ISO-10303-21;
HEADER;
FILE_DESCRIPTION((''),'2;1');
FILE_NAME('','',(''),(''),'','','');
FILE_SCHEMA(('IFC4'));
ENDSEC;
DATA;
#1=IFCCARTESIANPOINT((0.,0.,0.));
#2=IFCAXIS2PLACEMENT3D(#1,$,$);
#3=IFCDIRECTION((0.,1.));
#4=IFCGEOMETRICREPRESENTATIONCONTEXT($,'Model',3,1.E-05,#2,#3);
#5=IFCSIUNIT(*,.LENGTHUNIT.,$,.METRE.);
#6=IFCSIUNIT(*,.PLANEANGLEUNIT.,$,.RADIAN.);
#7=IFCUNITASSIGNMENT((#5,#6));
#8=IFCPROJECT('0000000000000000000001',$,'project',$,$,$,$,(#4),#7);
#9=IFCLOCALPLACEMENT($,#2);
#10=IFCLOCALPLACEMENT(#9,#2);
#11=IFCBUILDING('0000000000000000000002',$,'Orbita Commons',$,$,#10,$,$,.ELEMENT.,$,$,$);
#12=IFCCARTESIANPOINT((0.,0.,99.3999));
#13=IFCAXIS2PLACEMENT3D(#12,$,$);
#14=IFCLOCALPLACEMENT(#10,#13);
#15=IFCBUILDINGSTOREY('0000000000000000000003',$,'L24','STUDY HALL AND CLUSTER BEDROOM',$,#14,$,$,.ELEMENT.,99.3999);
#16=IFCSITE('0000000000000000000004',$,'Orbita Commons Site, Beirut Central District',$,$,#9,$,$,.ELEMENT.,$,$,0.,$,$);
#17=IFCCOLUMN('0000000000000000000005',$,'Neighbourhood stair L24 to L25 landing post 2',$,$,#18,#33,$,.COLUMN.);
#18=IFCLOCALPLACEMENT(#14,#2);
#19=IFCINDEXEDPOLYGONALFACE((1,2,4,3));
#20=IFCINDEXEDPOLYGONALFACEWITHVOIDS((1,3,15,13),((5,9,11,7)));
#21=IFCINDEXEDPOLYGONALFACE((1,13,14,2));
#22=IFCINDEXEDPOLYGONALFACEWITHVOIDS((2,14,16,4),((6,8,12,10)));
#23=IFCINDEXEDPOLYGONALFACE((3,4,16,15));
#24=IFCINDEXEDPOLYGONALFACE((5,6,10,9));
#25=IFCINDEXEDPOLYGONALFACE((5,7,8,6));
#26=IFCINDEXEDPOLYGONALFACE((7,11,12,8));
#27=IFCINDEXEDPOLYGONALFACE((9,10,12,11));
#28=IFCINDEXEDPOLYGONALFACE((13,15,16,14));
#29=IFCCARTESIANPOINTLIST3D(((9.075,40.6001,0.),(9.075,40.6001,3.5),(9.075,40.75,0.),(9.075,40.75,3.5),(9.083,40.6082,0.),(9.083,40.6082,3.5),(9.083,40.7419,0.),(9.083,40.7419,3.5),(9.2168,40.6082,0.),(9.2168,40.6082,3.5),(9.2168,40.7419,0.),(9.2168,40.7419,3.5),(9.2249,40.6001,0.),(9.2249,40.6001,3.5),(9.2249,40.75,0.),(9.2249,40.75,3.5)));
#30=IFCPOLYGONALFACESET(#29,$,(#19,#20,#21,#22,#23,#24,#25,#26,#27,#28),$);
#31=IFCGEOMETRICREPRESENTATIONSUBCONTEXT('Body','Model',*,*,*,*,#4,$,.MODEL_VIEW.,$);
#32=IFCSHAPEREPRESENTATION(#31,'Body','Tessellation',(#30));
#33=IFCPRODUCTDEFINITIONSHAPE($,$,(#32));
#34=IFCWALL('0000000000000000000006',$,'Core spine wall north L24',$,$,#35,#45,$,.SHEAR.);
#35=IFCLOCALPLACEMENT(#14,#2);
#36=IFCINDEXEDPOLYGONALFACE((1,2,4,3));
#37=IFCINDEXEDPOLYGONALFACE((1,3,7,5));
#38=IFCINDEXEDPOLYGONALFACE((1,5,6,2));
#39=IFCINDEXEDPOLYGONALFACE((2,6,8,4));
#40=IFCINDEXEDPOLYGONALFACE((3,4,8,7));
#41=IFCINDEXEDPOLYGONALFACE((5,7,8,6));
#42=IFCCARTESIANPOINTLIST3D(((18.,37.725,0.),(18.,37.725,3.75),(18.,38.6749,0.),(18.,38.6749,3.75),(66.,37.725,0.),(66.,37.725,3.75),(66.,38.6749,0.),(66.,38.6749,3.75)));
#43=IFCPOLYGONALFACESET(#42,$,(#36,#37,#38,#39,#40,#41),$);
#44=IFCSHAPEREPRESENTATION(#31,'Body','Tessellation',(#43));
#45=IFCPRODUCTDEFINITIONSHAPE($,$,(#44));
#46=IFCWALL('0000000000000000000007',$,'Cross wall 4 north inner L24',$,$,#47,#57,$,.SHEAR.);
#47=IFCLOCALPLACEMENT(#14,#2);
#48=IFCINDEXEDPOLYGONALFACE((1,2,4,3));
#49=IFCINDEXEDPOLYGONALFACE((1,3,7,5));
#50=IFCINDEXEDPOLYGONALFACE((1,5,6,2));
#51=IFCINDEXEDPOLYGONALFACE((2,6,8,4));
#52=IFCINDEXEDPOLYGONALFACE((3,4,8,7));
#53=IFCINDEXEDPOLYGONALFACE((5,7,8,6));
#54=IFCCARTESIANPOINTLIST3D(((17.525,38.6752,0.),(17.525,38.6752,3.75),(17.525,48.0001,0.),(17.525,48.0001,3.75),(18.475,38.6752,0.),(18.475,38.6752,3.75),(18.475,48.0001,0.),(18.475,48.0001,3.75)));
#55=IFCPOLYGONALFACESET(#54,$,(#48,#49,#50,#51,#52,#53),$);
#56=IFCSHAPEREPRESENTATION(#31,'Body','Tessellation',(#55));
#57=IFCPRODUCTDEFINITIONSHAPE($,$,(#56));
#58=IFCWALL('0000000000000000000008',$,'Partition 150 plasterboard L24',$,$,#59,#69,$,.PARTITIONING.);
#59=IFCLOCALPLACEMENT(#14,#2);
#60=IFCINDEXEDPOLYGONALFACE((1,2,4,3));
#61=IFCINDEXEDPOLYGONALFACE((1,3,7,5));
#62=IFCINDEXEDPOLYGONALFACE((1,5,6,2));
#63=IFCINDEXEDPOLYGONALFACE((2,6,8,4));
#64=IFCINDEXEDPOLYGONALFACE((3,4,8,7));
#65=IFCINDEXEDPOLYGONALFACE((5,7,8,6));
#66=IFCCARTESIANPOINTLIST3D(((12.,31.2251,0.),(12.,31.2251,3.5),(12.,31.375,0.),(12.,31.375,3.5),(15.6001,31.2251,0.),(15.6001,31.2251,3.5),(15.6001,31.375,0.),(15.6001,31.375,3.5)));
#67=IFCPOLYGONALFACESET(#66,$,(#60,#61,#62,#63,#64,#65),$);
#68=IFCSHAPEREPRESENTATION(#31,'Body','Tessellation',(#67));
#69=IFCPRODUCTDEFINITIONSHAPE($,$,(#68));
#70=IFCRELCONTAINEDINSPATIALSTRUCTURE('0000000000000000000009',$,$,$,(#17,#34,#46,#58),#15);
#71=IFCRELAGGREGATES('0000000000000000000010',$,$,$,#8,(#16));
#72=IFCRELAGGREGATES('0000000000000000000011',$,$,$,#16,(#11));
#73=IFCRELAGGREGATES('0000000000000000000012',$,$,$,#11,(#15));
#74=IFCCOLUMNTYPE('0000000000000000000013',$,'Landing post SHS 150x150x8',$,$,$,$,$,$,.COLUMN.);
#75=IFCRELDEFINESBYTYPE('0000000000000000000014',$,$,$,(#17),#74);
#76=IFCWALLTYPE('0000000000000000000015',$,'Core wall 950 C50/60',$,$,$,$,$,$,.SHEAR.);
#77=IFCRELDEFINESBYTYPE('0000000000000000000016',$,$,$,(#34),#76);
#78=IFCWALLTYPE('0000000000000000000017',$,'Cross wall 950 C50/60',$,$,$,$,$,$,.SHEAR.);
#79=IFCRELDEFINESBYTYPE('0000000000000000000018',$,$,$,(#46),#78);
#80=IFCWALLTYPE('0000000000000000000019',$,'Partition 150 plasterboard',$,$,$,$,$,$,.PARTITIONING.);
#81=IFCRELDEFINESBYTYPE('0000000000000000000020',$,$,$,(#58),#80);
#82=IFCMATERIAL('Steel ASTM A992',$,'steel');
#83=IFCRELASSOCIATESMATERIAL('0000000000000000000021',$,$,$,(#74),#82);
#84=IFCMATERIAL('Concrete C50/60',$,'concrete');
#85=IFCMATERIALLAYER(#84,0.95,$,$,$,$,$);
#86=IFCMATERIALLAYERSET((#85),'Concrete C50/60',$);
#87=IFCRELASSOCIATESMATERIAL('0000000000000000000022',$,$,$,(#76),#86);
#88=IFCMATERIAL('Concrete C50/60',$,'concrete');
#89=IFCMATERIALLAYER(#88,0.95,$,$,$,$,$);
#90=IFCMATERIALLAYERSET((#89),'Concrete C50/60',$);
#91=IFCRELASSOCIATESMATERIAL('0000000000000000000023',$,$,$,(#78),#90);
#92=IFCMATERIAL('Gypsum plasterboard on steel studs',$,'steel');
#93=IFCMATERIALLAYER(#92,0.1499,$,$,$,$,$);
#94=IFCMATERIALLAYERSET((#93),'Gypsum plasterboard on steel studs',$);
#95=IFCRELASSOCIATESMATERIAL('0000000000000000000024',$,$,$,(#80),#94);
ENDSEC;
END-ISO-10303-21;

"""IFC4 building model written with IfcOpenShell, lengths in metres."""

from ifc_helpers import new_model, si_unit, direction, frame, frame_2d, origin, origin_2d, place, context, subcontext, project, spatial, rectangle, hollow_rectangle, extrude, material, layer, layer_set, material_profile, profile_set, type_object, element, save


model = new_model("IFC4")

# Units and contexts
model_context = context("Model", 3, precision=1e-05, world=origin(), true_north=direction((0.0, 1.0)))
body_context = subcontext(model_context, "Body", "Model", "MODEL_VIEW")
ifc_project = project(units=[si_unit("LENGTHUNIT", "METRE"), si_unit("PLANEANGLEUNIT", "RADIAN")], contexts=[model_context])

# Site, building, storey
site_placement = place(None, origin())
site = spatial("IfcSite", under=ifc_project, at=site_placement, Name="Orbita Commons Site, Beirut Central District", CompositionType="ELEMENT", RefElevation=0.0)
building_placement = place(site_placement, origin())
building = spatial("IfcBuilding", under=site, at=building_placement, Name="Orbita Commons", CompositionType="ELEMENT")
storey_placement = place(building_placement, frame((0.0, 0.0, 99.3999)))
storey = spatial("IfcBuildingStorey", under=building, at=storey_placement, Name="L24", Description="STUDY HALL AND CLUSTER BEDROOM", CompositionType="ELEMENT", Elevation=99.3999)

# Column
ifc_material_1 = material(Name="Steel ASTM A992", Category="steel")
ifc_material_profile = material_profile(ifc_material_1, hollow_rectangle(XDim=0.1499, YDim=0.1499, WallThickness=0.0081, at=origin_2d()), Name="SHS 150x150x8")
ifc_profile_set = profile_set([ifc_material_profile], Name="Steel ASTM A992")
column_type = type_object("IfcColumnType", Name="Landing post SHS 150x150x8", PredefinedType="COLUMN", material=ifc_profile_set)
column_placement = place(storey_placement, frame((9.1499, 40.675, 0.0), z_axis=(0.0, 0.0, 1.0), x_axis=(1.0, 0.0, 0.0)))
element("IfcColumn", 1, at=column_placement, inside=storey, type_object=column_type, Name="Neighbourhood stair L24 to L25 landing post 2", PredefinedType="COLUMN", context=body_context, shape_type="SweptSolid", body=[
    extrude(hollow_rectangle(XDim=0.1499, YDim=0.1499, WallThickness=0.0081, at=origin_2d()), origin(), (0.0, 0.0, 1.0), 3.5),
])

# Walls
ifc_material_2 = material(Name="Concrete C50/60", Category="concrete")
ifc_layer_1 = layer(ifc_material_2, 0.95)
ifc_layer_set_1 = layer_set([ifc_layer_1], Name="Concrete C50/60")
wall_type_1 = type_object("IfcWallType", Name="Core wall 950 C50/60", PredefinedType="SHEAR", material=ifc_layer_set_1)
wall_1_placement = place(storey_placement, frame((18.0, 38.2, 0.0), z_axis=(0.0, 0.0, 1.0), x_axis=(1.0, 0.0, 0.0)))
element("IfcWall", 2, at=wall_1_placement, inside=storey, type_object=wall_type_1, Name="Core spine wall north L24", PredefinedType="SHEAR", context=body_context, shape_type="SweptSolid", body=[
    extrude(rectangle(XDim=48.0, YDim=0.95, at=frame_2d((24.0, 0.0))), origin(), (0.0, 0.0, 1.0), 3.75),
])
ifc_material_3 = material(Name="Concrete C50/60", Category="concrete")
ifc_layer_2 = layer(ifc_material_3, 0.95)
ifc_layer_set_2 = layer_set([ifc_layer_2], Name="Concrete C50/60")
wall_type_2 = type_object("IfcWallType", Name="Cross wall 950 C50/60", PredefinedType="SHEAR", material=ifc_layer_set_2)
wall_2_placement = place(storey_placement, frame((18.0, 38.675, 0.0), z_axis=(0.0, 0.0, 1.0), x_axis=(0.0, 1.0, 0.0)))
element("IfcWall", 3, at=wall_2_placement, inside=storey, type_object=wall_type_2, Name="Cross wall 4 north inner L24", PredefinedType="SHEAR", context=body_context, shape_type="SweptSolid", body=[
    extrude(rectangle(XDim=9.325, YDim=0.95, at=frame_2d((4.6626, 0.0))), origin(), (0.0, 0.0, 1.0), 3.75),
])
ifc_material_4 = material(Name="Gypsum plasterboard on steel studs", Category="steel")
ifc_layer_3 = layer(ifc_material_4, 0.1499)
ifc_layer_set_3 = layer_set([ifc_layer_3], Name="Gypsum plasterboard on steel studs")
wall_type_3 = type_object("IfcWallType", Name="Partition 150 plasterboard", PredefinedType="PARTITIONING", material=ifc_layer_set_3)
wall_3_placement = place(storey_placement, frame((12.0, 31.3, 0.0), z_axis=(0.0, 0.0, 1.0), x_axis=(1.0, 0.0, 0.0)))
element("IfcWall", 4, at=wall_3_placement, inside=storey, type_object=wall_type_3, Name="Partition 150 plasterboard L24", PredefinedType="PARTITIONING", context=body_context, shape_type="SweptSolid", body=[
    extrude(rectangle(XDim=3.6001, YDim=0.1499, at=frame_2d((1.8, 0.0))), origin(), (0.0, 0.0, 1.0), 3.5),
])

save(model, "model.ifc")
